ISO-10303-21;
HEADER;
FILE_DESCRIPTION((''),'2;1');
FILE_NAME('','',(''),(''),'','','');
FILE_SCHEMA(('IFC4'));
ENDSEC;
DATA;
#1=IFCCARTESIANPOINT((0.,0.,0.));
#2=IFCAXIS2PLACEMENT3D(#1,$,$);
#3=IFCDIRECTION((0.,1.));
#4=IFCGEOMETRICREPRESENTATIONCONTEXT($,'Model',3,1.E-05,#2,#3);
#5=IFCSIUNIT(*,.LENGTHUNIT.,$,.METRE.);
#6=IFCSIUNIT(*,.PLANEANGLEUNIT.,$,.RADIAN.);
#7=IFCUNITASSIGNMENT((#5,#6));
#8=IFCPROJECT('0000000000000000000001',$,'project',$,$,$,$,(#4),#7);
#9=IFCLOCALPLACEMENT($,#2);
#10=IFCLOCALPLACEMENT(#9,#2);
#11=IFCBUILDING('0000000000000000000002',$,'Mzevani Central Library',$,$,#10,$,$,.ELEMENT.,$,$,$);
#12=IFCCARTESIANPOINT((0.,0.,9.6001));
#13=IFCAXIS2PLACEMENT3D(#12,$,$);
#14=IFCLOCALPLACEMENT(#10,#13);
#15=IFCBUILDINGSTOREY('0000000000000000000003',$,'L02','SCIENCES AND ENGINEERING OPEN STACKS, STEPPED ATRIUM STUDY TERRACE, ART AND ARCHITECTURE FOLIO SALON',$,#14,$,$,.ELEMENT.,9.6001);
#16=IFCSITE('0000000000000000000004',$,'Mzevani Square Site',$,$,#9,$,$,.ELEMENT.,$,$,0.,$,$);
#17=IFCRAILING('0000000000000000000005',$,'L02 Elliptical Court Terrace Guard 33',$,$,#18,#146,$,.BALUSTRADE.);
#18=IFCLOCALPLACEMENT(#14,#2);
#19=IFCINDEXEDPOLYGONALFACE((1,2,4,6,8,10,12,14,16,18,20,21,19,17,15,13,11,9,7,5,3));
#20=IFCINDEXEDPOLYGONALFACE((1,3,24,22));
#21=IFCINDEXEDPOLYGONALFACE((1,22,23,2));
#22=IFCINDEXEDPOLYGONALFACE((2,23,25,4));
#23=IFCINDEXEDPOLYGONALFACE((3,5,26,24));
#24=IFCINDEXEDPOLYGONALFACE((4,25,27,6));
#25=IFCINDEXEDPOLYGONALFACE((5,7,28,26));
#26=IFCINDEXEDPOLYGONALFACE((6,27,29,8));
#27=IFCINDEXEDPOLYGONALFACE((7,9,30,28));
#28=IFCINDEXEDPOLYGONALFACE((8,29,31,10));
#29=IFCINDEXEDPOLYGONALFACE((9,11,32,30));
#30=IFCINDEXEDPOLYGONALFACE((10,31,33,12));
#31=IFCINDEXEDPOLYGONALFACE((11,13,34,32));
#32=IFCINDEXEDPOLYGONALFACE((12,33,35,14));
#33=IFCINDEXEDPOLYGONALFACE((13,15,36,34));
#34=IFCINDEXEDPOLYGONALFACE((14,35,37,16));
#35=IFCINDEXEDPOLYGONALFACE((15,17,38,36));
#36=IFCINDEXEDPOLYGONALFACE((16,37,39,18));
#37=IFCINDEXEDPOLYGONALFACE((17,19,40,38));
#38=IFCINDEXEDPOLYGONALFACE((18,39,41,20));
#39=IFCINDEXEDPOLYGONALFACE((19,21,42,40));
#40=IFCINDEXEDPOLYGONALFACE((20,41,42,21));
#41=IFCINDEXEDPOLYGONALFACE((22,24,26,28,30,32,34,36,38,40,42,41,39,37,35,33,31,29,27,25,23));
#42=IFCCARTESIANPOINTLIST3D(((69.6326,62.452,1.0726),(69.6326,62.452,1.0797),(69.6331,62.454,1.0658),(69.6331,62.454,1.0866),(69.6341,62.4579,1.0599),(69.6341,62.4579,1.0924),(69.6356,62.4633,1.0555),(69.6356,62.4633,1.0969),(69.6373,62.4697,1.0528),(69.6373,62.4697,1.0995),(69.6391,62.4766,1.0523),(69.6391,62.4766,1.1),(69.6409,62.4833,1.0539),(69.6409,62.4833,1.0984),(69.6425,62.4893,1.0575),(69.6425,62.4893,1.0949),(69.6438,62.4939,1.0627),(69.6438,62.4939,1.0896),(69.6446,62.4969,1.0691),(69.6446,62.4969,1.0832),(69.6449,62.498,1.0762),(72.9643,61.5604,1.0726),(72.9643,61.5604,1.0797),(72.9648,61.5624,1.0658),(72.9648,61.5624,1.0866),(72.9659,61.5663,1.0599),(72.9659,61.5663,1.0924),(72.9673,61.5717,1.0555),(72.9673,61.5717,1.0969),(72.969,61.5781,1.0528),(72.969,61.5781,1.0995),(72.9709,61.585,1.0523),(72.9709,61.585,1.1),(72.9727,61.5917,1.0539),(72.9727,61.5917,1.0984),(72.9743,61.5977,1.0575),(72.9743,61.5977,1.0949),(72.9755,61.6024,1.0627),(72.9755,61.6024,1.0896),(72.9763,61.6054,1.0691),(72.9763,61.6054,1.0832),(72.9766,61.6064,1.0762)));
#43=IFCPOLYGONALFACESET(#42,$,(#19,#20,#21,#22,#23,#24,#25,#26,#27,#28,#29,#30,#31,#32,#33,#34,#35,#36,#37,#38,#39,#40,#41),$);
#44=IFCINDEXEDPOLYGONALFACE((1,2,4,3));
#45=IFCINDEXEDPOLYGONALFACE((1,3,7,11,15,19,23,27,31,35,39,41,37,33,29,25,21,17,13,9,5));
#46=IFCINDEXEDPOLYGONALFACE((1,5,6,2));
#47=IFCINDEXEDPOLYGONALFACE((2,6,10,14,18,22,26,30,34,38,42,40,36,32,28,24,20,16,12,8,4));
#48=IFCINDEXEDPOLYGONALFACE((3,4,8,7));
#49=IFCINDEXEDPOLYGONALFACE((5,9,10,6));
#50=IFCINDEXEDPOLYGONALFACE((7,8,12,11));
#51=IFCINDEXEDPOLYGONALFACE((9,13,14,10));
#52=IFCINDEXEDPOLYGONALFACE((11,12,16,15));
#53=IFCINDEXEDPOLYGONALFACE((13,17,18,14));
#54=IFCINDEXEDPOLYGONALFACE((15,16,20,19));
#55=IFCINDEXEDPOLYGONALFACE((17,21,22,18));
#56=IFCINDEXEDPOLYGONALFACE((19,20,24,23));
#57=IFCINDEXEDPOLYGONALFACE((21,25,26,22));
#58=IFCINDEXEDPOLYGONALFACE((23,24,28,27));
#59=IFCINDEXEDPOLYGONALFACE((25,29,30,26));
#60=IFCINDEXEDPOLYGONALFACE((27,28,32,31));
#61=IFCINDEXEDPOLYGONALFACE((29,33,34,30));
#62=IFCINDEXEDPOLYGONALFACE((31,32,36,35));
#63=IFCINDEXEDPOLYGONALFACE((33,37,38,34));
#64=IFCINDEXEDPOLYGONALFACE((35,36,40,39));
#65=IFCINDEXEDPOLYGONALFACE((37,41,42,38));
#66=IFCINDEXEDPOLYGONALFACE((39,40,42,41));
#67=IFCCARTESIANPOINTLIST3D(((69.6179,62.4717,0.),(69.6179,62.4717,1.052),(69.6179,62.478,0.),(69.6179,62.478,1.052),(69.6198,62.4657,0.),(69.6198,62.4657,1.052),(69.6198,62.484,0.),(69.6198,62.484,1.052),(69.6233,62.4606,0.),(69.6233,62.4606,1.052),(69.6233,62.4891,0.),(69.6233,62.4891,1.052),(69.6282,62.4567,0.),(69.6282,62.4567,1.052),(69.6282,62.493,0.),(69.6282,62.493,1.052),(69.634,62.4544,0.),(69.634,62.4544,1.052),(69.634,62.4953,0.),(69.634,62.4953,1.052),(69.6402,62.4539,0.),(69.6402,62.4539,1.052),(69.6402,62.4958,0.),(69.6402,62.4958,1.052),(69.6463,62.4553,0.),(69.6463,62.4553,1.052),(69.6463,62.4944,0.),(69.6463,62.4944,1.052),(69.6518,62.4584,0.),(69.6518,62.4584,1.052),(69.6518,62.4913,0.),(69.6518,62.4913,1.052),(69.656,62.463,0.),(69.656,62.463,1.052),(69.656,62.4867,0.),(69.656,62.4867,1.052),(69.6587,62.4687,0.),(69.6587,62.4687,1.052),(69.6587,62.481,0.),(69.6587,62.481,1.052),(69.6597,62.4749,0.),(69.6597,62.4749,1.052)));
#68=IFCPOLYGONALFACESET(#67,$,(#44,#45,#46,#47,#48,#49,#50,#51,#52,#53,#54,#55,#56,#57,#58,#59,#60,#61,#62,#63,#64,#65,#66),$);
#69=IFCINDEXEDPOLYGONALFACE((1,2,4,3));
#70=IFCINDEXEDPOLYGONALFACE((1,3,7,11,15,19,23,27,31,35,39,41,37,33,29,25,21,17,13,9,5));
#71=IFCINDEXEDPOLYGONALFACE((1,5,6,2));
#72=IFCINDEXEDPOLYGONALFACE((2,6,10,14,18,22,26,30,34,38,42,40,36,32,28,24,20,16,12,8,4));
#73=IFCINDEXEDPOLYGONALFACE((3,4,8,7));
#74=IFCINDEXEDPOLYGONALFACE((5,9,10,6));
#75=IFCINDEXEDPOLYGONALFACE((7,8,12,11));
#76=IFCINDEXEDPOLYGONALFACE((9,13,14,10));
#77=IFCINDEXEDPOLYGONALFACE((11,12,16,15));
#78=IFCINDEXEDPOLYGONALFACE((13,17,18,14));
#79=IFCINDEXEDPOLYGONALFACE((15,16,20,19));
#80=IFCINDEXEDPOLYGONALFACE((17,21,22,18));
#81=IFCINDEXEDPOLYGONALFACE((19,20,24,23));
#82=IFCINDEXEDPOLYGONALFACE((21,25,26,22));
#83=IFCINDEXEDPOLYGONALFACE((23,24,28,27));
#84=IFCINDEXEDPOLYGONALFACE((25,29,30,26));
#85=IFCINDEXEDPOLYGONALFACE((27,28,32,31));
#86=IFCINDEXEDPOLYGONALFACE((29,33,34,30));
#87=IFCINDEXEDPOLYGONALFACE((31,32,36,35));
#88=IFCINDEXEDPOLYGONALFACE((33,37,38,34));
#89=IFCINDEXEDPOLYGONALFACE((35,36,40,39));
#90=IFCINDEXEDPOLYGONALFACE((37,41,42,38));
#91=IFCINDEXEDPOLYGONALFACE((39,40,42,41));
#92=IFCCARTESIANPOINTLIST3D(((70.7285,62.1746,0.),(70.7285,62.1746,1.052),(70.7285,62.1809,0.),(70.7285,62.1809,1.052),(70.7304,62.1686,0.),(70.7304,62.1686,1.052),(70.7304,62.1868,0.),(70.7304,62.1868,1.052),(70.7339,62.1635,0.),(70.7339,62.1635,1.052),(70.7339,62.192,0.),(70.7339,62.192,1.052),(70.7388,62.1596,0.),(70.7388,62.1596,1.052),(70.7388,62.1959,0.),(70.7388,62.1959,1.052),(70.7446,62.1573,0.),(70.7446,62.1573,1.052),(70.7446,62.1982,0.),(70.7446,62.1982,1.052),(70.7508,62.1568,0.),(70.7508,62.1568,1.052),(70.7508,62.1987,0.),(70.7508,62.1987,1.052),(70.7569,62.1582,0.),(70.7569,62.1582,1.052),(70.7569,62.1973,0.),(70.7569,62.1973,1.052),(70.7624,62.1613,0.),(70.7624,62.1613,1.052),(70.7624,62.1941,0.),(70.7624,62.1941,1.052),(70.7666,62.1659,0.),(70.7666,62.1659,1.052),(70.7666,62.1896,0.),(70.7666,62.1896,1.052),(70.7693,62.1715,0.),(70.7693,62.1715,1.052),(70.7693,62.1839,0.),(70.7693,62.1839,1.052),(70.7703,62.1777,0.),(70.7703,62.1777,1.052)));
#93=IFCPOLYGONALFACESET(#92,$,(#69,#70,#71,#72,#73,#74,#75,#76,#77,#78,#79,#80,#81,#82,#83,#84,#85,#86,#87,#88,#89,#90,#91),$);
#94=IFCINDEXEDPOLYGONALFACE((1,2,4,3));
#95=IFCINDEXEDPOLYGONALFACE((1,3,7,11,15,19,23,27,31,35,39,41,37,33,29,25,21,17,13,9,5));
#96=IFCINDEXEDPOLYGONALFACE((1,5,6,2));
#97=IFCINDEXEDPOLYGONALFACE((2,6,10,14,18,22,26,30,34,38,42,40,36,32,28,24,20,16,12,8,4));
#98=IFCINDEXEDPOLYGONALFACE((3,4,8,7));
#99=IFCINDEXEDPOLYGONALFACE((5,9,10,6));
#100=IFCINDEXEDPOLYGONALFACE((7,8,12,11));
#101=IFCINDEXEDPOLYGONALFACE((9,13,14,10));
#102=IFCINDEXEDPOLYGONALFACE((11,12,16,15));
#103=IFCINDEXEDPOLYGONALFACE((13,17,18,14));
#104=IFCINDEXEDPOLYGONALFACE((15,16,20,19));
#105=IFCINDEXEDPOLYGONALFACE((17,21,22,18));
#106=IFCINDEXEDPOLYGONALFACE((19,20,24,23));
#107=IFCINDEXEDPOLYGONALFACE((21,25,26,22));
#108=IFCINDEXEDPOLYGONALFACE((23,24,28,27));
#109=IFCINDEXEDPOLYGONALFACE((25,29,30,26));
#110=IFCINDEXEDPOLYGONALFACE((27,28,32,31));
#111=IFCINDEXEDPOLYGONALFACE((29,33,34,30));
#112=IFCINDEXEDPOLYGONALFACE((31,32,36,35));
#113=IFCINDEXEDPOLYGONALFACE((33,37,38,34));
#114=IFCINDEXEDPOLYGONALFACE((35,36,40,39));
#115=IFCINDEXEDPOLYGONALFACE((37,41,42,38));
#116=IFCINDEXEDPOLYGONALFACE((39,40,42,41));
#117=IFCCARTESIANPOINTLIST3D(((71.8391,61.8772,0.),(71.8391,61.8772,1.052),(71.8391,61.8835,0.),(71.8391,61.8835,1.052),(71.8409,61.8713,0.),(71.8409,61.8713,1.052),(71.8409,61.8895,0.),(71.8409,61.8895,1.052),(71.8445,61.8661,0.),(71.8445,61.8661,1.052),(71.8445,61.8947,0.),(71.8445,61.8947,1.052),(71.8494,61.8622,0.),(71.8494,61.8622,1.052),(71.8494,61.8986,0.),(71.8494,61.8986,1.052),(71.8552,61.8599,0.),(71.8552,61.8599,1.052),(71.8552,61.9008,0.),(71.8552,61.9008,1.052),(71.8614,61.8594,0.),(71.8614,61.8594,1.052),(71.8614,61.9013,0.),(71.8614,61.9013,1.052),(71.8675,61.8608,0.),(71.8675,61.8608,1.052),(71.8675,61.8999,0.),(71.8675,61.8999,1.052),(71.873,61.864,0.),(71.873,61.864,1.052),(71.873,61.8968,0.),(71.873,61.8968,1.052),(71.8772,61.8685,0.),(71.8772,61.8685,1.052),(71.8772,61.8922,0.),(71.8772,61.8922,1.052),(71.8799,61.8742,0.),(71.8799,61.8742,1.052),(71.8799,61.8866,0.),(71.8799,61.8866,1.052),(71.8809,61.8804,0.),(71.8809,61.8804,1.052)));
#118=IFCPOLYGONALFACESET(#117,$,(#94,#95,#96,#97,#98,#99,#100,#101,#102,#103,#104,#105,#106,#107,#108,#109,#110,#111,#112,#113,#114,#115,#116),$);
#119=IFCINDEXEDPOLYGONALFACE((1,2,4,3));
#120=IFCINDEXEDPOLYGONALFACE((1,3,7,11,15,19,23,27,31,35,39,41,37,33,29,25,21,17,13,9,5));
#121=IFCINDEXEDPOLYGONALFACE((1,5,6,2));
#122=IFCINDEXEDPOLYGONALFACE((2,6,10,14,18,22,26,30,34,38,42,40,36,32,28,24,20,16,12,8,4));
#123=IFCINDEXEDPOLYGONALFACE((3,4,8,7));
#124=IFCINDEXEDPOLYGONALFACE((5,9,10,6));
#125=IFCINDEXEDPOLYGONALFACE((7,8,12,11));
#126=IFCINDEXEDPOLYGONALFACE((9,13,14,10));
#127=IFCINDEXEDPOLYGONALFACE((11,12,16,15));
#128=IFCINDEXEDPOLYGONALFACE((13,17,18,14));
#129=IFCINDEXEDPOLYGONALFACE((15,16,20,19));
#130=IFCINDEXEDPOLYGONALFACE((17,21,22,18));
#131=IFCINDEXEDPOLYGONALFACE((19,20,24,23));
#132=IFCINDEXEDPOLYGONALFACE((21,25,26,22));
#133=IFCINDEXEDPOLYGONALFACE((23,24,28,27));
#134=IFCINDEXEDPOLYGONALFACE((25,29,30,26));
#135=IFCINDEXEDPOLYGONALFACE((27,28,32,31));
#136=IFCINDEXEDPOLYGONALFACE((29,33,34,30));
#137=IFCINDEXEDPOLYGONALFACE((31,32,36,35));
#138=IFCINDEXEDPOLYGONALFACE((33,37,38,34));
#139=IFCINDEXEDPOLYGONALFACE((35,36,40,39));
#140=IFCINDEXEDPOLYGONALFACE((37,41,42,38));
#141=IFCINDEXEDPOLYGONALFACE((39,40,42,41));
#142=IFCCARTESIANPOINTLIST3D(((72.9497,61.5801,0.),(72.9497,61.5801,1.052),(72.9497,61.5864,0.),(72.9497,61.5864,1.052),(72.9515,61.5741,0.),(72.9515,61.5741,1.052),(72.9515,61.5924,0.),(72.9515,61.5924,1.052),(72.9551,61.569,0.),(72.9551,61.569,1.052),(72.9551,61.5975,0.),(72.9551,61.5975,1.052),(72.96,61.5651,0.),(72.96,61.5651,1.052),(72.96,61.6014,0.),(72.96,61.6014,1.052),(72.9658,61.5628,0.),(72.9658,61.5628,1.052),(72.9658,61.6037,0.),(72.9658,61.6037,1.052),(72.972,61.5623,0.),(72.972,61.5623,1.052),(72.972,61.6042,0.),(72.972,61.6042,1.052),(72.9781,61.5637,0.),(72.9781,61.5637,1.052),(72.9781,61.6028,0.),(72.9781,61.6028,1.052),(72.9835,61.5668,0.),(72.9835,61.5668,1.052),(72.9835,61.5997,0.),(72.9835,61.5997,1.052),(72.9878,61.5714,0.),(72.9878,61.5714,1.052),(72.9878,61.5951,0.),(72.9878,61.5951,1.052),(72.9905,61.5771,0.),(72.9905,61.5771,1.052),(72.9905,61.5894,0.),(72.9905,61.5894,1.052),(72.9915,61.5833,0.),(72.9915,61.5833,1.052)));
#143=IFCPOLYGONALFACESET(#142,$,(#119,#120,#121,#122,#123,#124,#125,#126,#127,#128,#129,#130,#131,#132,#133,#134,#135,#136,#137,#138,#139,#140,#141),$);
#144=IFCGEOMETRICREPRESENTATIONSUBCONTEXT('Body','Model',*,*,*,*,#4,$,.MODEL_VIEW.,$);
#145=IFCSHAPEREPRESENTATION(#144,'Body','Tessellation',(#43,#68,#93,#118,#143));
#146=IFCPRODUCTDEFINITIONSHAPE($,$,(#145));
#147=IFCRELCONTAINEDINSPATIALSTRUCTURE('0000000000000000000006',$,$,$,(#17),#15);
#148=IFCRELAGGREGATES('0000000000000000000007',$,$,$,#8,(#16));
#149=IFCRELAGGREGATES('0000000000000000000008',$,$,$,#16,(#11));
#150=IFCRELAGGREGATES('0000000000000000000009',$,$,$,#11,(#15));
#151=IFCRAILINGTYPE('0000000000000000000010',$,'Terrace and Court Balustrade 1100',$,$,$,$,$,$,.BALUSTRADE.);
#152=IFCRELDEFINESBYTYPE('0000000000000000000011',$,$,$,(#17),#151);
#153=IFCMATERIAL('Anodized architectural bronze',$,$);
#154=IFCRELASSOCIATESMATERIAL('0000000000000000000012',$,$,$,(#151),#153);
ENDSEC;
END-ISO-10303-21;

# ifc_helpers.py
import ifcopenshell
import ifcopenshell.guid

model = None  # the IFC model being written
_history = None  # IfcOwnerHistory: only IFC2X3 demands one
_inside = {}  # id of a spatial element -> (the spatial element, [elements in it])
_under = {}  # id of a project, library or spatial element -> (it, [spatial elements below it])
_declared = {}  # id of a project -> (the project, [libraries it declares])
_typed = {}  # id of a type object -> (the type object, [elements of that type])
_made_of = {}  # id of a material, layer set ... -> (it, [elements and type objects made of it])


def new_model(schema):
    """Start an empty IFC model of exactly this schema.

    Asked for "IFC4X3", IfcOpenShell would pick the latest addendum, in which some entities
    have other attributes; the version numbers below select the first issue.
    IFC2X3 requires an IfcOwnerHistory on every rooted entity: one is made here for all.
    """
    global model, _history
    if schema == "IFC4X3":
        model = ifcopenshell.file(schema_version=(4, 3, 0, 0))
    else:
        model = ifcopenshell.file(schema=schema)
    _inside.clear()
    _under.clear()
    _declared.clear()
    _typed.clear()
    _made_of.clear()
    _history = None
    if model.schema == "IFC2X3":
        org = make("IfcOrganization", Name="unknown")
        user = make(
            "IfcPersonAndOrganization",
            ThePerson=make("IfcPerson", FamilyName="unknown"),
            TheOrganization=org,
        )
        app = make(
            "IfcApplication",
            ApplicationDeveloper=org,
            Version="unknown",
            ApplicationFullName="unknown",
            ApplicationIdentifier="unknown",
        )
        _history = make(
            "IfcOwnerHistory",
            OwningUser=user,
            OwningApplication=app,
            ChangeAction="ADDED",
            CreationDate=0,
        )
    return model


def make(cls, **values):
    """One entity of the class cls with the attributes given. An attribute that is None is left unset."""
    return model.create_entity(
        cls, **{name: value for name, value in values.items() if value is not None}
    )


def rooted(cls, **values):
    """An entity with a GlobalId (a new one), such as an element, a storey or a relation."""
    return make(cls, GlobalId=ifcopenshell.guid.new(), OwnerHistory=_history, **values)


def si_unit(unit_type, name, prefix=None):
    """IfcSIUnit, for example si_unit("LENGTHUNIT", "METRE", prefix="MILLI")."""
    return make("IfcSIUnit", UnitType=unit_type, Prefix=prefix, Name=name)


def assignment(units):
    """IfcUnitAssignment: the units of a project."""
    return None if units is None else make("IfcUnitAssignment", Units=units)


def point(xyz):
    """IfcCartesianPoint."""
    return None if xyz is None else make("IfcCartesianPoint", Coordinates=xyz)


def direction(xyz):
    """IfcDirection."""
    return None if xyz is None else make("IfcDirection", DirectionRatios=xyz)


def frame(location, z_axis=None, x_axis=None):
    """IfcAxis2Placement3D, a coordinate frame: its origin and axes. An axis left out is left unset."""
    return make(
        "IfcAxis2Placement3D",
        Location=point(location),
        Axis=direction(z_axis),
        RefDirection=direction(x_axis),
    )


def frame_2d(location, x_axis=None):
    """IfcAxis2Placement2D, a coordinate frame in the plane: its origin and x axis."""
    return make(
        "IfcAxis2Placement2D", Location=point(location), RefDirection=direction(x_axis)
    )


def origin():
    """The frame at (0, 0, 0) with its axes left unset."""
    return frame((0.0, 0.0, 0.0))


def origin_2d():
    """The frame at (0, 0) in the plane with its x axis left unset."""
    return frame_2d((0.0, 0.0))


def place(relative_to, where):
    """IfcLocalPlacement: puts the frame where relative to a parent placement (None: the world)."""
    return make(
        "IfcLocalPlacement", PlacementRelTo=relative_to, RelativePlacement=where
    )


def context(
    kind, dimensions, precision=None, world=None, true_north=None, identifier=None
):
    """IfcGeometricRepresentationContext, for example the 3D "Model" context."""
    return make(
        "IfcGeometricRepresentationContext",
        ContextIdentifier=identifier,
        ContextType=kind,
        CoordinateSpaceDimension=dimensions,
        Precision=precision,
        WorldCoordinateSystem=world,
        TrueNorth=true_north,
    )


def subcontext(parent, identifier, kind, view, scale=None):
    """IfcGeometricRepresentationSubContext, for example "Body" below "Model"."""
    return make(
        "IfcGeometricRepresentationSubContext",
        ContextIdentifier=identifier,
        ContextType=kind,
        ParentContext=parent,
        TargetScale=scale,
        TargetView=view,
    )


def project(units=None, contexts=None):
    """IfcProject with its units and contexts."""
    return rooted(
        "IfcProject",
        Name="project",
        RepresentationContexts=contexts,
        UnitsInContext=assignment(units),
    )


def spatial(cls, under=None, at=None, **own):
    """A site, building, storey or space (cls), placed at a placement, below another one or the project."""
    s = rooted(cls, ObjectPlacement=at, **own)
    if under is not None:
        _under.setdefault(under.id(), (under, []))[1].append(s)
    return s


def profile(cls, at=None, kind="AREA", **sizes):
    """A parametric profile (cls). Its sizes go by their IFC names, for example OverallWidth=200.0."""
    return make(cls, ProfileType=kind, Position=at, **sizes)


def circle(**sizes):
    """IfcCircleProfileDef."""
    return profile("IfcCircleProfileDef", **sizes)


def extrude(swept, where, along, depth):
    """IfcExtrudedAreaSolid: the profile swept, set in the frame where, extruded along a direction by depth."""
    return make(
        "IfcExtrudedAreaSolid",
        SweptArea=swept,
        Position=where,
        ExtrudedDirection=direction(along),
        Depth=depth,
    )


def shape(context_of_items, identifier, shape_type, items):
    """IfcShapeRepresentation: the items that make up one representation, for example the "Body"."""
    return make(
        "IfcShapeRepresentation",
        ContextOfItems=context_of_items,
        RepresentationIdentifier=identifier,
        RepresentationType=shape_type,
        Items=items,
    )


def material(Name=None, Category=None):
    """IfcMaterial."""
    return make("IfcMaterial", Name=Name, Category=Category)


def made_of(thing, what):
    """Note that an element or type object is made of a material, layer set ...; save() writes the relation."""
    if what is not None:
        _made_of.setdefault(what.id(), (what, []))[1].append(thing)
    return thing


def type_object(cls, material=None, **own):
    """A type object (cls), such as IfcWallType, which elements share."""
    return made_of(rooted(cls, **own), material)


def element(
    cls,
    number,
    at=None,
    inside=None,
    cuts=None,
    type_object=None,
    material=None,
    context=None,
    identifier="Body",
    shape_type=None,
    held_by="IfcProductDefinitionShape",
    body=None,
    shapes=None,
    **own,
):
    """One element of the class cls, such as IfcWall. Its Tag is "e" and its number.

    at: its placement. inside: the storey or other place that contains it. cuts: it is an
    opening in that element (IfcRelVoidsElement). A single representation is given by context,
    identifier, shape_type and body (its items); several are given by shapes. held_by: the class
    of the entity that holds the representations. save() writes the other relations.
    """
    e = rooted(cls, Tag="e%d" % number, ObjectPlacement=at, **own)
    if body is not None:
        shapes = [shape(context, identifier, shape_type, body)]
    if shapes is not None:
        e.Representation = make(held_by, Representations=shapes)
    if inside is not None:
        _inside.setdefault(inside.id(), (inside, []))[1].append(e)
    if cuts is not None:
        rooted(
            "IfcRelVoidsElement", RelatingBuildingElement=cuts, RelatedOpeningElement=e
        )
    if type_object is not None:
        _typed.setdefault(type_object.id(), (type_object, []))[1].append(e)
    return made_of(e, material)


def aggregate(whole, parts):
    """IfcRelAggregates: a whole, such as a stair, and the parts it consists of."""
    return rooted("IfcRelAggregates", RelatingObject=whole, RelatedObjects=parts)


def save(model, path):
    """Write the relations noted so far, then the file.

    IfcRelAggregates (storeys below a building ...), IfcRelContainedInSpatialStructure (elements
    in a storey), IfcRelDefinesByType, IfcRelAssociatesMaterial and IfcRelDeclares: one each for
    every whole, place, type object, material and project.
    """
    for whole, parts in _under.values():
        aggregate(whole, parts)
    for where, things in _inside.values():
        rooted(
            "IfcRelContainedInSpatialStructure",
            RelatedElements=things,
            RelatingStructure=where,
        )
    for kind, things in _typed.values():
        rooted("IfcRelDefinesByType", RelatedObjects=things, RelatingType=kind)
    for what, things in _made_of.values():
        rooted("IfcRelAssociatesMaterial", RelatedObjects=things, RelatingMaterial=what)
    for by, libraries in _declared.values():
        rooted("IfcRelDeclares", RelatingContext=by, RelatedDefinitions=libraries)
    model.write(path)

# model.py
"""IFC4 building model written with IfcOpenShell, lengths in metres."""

from ifc_helpers import new_model, si_unit, direction, frame, origin, origin_2d, place, context, subcontext, project, spatial, circle, extrude, material, type_object, element, save


model = new_model("IFC4")

# Units and contexts
model_context = context("Model", 3, precision=1e-05, world=origin(), true_north=direction((0.0, 1.0)))
body_context = subcontext(model_context, "Body", "Model", "MODEL_VIEW")
ifc_project = project(units=[si_unit("LENGTHUNIT", "METRE"), si_unit("PLANEANGLEUNIT", "RADIAN")], contexts=[model_context])

# Site, building, storey
site_placement = place(None, origin())
site = spatial("IfcSite", under=ifc_project, at=site_placement, Name="Mzevani Square Site", CompositionType="ELEMENT", RefElevation=0.0)
building_placement = place(site_placement, origin())
building = spatial("IfcBuilding", under=site, at=building_placement, Name="Mzevani Central Library", CompositionType="ELEMENT")
storey_placement = place(building_placement, frame((0.0, 0.0, 9.6001)))
storey = spatial("IfcBuildingStorey", under=building, at=storey_placement, Name="L02", Description="SCIENCES AND ENGINEERING OPEN STACKS, STEPPED ATRIUM STUDY TERRACE, ART AND ARCHITECTURE FOLIO SALON", CompositionType="ELEMENT", Elevation=9.6001)

# Railing
ifc_material_1 = material(Name="Anodized architectural bronze")
railing_type = type_object("IfcRailingType", Name="Terrace and Court Balustrade 1100", PredefinedType="BALUSTRADE", material=ifc_material_1)
railing_1_placement = place(storey_placement, frame((69.6387, 62.4749, 0.0)))
element("IfcRailing", 1, at=railing_1_placement, inside=storey, type_object=railing_type, Name="L02 Elliptical Court Terrace Guard 33", PredefinedType="BALUSTRADE", context=body_context, shape_type="SweptSolid", body=[
    extrude(circle(Radius=0.0239, at=origin_2d()), frame((0.0, 0.0, 1.0762), z_axis=(0.966009, -0.258508, 0.0), x_axis=(0.258508, 0.966009, 0.0)), (0.0, 0.0, 1.0), 3.449),
    extrude(circle(Radius=0.021, at=origin_2d()), origin(), (0.0, 0.0, 1.0), 1.052),
    extrude(circle(Radius=0.021, at=origin_2d()), frame((1.1106, -0.2971, 0.0)), (0.0, 0.0, 1.0), 1.052),
    extrude(circle(Radius=0.021, at=origin_2d()), frame((2.2212, -0.5945, 0.0)), (0.0, 0.0, 1.0), 1.052),
    extrude(circle(Radius=0.021, at=origin_2d()), frame((3.3318, -0.8916, 0.0)), (0.0, 0.0, 1.0), 1.052),
])

save(model, "model.ifc")
